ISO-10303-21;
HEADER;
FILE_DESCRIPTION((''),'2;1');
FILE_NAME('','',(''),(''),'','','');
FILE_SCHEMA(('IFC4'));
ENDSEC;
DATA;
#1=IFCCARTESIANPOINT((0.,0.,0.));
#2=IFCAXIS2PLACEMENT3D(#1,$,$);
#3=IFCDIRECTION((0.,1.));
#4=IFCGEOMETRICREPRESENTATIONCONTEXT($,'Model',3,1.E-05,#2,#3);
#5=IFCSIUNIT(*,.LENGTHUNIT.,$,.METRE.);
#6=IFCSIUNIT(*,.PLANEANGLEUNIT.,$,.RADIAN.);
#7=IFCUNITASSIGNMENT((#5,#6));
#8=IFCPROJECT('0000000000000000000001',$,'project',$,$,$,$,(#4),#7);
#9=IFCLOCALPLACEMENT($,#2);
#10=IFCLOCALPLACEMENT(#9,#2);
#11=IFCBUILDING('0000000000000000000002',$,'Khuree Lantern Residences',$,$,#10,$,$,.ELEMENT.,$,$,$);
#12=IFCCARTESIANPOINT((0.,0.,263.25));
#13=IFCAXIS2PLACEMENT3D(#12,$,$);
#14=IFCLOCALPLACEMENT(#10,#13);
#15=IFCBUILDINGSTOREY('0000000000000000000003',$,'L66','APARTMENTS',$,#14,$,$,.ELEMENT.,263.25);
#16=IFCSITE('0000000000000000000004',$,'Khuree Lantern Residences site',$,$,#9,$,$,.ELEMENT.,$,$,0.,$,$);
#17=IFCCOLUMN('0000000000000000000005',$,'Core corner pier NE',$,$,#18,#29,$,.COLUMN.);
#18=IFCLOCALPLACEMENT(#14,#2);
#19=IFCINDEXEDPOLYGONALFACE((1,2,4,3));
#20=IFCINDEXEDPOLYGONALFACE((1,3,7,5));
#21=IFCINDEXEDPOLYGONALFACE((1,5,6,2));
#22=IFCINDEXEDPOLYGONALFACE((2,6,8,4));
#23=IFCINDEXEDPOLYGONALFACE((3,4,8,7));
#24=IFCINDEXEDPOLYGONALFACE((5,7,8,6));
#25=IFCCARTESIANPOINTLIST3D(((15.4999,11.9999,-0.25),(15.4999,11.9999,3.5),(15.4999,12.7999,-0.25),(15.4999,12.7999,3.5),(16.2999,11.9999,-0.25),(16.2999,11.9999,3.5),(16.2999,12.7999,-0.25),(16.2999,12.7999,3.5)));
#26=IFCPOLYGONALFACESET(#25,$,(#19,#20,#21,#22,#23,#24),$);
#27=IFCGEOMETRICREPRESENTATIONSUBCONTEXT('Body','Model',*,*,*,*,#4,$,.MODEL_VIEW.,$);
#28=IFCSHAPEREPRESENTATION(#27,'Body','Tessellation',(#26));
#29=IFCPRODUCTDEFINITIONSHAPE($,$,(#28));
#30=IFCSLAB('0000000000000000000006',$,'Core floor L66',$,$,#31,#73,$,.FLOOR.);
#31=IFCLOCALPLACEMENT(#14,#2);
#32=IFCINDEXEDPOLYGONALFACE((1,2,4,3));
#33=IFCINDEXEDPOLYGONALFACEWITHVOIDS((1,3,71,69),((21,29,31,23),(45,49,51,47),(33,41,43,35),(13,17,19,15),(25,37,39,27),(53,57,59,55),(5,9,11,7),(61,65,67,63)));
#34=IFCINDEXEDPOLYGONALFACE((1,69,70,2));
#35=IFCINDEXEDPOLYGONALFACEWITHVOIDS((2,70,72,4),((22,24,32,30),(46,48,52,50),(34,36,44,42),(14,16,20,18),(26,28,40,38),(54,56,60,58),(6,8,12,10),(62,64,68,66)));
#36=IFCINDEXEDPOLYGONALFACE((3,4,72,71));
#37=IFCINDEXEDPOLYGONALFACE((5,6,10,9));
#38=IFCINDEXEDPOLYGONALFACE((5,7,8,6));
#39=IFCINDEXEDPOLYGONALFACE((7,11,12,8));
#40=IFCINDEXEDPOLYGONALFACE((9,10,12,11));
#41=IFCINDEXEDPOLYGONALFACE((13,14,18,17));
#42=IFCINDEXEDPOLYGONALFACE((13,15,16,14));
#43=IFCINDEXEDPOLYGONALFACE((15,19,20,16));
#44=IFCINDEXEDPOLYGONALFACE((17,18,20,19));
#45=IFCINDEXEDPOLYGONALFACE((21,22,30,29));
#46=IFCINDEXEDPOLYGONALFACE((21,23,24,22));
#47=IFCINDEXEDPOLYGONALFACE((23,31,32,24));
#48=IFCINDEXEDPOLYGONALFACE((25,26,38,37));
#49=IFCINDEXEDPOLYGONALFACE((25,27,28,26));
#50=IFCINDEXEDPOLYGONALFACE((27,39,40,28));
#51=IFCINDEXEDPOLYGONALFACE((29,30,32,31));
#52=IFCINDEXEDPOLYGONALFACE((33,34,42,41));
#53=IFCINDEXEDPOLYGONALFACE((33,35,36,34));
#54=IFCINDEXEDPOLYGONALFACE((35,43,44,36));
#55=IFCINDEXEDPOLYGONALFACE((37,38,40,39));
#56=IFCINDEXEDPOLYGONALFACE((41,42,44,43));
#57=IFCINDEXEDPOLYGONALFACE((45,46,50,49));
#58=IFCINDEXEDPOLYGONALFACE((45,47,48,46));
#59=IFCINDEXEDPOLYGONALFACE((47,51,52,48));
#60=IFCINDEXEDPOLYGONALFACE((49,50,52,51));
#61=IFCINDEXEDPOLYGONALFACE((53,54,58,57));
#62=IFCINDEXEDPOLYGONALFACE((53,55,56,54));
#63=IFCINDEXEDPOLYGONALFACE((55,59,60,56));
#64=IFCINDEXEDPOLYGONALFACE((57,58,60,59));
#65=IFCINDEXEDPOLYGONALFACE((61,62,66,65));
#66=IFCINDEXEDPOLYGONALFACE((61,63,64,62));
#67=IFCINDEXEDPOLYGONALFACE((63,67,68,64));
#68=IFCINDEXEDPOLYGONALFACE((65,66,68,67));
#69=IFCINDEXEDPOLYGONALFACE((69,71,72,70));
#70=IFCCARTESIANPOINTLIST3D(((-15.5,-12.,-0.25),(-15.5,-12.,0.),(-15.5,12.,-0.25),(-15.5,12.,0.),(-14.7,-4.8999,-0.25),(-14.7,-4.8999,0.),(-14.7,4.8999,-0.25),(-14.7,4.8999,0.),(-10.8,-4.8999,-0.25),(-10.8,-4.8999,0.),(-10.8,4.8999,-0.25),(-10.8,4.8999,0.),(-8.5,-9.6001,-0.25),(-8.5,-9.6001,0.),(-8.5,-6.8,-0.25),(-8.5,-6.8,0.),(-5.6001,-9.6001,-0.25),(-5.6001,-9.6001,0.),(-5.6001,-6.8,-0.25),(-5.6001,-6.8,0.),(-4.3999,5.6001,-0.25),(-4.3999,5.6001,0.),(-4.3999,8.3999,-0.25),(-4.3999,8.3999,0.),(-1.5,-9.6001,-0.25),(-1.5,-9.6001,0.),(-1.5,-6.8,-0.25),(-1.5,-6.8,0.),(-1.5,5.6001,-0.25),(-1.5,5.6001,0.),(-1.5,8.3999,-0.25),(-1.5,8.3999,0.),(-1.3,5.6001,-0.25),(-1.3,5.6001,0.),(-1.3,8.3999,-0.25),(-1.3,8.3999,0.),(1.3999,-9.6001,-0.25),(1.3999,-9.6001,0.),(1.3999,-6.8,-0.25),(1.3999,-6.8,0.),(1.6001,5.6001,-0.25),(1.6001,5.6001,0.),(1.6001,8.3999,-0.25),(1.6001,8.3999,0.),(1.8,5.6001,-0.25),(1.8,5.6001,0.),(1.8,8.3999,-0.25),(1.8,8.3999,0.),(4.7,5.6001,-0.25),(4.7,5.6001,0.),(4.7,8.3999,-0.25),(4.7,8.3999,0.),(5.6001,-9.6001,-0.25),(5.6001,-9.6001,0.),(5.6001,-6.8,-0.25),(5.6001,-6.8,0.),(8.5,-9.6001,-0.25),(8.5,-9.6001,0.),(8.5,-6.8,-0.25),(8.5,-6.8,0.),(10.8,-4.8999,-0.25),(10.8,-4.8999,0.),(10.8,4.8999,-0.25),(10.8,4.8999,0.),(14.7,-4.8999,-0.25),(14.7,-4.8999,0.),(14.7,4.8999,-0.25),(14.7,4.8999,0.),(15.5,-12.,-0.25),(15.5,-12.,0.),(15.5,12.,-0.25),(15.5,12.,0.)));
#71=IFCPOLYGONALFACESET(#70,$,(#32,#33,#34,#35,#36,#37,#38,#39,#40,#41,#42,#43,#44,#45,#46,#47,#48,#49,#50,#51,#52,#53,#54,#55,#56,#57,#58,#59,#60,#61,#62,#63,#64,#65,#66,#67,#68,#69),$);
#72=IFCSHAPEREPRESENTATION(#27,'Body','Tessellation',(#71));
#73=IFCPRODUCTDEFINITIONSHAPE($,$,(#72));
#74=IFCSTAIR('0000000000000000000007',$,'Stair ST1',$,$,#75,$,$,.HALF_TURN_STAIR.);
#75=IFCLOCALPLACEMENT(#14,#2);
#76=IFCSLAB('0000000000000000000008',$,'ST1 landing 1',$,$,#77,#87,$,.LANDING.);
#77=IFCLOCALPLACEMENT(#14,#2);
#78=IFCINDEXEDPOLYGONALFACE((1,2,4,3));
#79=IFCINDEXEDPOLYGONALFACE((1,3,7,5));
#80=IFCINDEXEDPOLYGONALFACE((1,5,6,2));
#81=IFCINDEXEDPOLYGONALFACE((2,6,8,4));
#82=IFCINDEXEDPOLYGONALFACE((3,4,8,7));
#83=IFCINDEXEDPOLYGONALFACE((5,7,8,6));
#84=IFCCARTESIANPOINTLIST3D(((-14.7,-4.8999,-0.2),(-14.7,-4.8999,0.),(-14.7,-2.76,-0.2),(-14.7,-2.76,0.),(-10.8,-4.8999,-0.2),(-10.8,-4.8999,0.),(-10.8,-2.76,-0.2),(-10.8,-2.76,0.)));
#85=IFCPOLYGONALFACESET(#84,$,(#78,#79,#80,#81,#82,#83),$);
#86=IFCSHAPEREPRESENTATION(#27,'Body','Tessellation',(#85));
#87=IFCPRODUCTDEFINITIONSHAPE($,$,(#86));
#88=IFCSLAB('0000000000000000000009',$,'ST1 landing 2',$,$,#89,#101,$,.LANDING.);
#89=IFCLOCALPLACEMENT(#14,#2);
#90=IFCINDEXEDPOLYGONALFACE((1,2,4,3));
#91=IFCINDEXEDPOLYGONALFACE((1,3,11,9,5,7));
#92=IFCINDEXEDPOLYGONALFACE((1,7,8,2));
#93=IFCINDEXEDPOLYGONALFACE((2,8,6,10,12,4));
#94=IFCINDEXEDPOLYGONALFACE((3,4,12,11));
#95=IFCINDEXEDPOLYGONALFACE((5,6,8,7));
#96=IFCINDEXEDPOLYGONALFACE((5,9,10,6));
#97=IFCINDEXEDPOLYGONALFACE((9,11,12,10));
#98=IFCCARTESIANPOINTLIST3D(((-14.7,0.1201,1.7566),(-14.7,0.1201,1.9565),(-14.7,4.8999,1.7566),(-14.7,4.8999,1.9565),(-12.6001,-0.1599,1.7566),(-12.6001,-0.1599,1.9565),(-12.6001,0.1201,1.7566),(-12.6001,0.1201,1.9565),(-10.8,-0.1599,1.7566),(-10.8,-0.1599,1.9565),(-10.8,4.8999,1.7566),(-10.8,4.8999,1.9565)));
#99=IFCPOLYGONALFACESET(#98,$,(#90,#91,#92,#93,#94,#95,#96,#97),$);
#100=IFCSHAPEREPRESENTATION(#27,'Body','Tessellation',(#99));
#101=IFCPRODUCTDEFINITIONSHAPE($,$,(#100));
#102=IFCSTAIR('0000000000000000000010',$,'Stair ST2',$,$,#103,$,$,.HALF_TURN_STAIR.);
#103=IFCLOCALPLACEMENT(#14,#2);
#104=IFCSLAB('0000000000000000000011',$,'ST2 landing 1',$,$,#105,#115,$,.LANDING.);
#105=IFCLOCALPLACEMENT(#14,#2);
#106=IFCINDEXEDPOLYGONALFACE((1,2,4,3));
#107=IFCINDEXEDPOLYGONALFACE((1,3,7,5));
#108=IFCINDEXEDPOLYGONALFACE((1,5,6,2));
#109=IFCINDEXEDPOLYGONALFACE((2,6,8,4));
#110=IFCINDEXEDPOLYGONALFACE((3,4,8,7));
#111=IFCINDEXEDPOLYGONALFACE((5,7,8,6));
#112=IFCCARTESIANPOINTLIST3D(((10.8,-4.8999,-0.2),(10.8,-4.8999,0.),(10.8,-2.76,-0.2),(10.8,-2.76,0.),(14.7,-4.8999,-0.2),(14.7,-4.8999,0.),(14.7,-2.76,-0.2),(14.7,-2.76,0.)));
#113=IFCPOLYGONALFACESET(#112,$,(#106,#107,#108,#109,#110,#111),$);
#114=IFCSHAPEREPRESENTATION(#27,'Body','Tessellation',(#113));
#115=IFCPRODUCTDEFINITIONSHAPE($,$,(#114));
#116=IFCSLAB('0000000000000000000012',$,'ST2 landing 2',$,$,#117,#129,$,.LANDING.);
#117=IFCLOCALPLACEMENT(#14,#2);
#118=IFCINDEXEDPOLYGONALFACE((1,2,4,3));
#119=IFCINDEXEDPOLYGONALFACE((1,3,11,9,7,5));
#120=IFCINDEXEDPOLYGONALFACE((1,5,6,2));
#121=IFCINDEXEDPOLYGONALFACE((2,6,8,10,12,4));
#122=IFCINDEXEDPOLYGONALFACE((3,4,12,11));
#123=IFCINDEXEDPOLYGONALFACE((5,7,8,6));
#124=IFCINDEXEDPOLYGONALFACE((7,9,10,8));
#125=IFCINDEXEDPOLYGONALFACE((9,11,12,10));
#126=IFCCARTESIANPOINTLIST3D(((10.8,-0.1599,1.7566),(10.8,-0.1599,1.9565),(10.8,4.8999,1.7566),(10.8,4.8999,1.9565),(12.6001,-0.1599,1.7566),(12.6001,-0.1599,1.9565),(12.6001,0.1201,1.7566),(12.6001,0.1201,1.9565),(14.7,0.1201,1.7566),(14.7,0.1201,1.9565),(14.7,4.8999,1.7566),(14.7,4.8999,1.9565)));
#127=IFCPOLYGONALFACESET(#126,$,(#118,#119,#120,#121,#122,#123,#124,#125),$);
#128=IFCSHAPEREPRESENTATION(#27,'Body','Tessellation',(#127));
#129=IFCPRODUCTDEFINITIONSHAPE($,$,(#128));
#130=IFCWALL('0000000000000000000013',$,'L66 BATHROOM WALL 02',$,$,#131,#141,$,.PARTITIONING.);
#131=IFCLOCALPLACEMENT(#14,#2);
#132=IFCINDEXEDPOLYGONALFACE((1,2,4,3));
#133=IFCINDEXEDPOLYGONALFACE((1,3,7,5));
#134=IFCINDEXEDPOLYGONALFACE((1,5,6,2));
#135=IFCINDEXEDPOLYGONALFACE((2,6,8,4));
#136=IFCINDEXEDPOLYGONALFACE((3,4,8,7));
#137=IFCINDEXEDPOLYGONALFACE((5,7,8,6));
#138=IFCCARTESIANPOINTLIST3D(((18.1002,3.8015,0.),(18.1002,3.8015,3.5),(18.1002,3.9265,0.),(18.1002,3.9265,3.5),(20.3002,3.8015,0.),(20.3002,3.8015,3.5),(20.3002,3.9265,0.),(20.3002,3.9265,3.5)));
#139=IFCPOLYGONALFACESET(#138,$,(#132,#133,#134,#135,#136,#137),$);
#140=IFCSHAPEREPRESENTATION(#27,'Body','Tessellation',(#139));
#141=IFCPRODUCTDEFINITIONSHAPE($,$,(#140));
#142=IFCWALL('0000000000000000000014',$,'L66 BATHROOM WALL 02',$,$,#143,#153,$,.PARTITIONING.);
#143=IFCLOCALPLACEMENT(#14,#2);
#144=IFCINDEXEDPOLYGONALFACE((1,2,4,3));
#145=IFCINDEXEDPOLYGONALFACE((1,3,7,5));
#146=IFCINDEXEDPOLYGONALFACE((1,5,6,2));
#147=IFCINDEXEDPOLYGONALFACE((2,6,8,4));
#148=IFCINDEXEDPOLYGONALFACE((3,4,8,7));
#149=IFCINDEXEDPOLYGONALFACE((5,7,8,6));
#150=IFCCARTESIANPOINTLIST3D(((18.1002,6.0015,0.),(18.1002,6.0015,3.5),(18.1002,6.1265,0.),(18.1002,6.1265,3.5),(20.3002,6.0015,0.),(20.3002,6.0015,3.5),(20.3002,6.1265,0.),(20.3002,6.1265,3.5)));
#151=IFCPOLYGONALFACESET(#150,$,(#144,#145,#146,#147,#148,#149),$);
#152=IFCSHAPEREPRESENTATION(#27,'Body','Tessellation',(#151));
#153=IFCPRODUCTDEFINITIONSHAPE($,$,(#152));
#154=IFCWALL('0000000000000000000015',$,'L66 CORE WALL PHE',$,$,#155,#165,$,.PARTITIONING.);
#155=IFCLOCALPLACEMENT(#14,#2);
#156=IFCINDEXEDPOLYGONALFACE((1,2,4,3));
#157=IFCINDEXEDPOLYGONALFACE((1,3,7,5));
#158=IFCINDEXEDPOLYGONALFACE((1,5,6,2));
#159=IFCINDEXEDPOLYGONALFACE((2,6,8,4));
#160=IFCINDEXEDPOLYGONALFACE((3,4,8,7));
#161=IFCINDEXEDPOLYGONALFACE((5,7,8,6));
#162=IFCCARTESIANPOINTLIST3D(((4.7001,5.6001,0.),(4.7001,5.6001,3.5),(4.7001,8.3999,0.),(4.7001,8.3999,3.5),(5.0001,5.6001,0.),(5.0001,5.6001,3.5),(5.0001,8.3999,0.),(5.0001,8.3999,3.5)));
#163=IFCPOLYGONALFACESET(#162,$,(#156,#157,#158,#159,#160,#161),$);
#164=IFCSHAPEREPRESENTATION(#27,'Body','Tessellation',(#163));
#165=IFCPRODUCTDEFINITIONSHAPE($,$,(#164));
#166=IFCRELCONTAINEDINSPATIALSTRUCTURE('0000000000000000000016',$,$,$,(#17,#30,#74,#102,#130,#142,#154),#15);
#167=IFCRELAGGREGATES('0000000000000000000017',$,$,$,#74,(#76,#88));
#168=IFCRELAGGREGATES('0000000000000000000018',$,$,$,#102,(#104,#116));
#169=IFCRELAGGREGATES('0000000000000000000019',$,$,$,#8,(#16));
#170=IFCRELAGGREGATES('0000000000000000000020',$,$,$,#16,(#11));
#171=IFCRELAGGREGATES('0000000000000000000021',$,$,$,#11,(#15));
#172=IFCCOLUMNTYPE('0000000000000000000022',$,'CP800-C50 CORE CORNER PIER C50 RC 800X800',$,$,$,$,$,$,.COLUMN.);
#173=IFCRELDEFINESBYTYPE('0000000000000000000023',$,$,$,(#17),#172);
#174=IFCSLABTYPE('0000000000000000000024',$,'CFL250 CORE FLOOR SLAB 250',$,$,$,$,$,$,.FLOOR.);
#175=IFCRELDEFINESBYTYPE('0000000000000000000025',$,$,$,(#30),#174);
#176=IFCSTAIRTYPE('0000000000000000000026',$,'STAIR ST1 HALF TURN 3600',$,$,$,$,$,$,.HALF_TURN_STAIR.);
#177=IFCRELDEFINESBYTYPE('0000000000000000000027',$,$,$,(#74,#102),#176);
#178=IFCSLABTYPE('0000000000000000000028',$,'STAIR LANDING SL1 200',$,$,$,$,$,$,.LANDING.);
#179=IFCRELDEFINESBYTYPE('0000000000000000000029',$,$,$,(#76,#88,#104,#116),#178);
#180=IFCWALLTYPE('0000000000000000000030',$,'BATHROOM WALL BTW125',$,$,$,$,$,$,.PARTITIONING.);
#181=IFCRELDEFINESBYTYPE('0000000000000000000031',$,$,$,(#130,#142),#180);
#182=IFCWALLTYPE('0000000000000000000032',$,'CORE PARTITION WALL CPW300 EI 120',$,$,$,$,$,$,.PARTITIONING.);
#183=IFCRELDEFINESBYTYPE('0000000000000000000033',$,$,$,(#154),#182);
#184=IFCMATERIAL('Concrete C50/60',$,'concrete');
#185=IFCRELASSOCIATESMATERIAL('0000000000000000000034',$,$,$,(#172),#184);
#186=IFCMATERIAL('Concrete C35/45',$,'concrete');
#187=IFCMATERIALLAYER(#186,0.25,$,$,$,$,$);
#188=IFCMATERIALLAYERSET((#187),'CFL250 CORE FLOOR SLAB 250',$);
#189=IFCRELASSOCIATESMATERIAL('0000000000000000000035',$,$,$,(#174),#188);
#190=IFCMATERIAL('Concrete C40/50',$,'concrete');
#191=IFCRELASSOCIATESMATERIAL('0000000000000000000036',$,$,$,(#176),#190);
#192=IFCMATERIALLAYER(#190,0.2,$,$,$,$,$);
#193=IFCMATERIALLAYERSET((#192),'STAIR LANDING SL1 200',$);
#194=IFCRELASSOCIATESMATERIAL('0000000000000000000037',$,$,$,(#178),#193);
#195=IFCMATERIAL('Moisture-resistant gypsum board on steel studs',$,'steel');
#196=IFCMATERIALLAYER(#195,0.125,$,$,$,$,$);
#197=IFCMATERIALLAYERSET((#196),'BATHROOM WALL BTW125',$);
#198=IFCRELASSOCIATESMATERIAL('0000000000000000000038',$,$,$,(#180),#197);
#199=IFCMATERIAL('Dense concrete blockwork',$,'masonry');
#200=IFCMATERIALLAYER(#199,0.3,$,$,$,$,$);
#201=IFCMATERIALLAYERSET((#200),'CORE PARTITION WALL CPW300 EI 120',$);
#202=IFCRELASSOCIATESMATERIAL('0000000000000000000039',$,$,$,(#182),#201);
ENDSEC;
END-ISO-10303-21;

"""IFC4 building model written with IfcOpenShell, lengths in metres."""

from ifc_helpers import new_model, si_unit, direction, frame, frame_2d, origin, origin_2d, place, context, subcontext, project, spatial, polyline, rectangle, outline, extrude, material, layer, layer_set, material_profile, profile_set, type_object, element, aggregate, save


model = new_model("IFC4")

# Units and contexts
model_context = context("Model", 3, precision=1e-05, world=origin(), true_north=direction((0.0, 1.0)))
body_context = subcontext(model_context, "Body", "Model", "MODEL_VIEW")
ifc_project = project(units=[si_unit("LENGTHUNIT", "METRE"), si_unit("PLANEANGLEUNIT", "RADIAN")], contexts=[model_context])

# Site, building, storey
site_placement = place(None, origin())
site = spatial("IfcSite", under=ifc_project, at=site_placement, Name="Khuree Lantern Residences site", CompositionType="ELEMENT", RefElevation=0.0)
building_placement = place(site_placement, origin())
building = spatial("IfcBuilding", under=site, at=building_placement, Name="Khuree Lantern Residences", CompositionType="ELEMENT")
storey_placement = place(building_placement, frame((0.0, 0.0, 263.25)))
storey = spatial("IfcBuildingStorey", under=building, at=storey_placement, Name="L66", Description="APARTMENTS", CompositionType="ELEMENT", Elevation=263.25)

# Column
ifc_material_1 = material(Name="Concrete C50/60", Category="concrete")
ifc_material_profile = material_profile(ifc_material_1, rectangle(XDim=0.8, YDim=0.8, at=origin_2d()), Name="RC 800X800")
ifc_profile_set = profile_set([ifc_material_profile], Name="Concrete C50/60")
column_type = type_object("IfcColumnType", Name="CP800-C50 CORE CORNER PIER C50 RC 800X800", PredefinedType="COLUMN", material=ifc_profile_set)
column_placement = place(storey_placement, frame((15.8999, 12.3999, -0.25), z_axis=(0.0, 0.0, 1.0), x_axis=(1.0, 0.0, 0.0)))
element("IfcColumn", 1, at=column_placement, inside=storey, type_object=column_type, Name="Core corner pier NE", PredefinedType="COLUMN", context=body_context, shape_type="SweptSolid", body=[
    extrude(rectangle(XDim=0.8, YDim=0.8, at=origin_2d()), origin(), (0.0, 0.0, 1.0), 3.75),
])

# Slab
ifc_material_2 = material(Name="Concrete C35/45", Category="concrete")
ifc_layer_1 = layer(ifc_material_2, 0.25)
ifc_layer_set_1 = layer_set([ifc_layer_1], Name="CFL250 CORE FLOOR SLAB 250")
slab_type_1 = type_object("IfcSlabType", Name="CFL250 CORE FLOOR SLAB 250", PredefinedType="FLOOR", material=ifc_layer_set_1)
slab_1_placement = place(storey_placement, frame((0.0, 0.0, -0.25)))
element("IfcSlab", 2, at=slab_1_placement, inside=storey, type_object=slab_type_1, Name="Core floor L66", PredefinedType="FLOOR", context=body_context, shape_type="SweptSolid", body=[
    extrude(outline(polyline([(-15.5, -12.0), (-15.5, 12.0), (15.5, 12.0), (15.5, -12.0), (-15.5, -12.0)]), holes=[polyline([(10.8, 4.8999), (10.8, -4.8999), (14.7, -4.8999), (14.7, 4.8999), (10.8, 4.8999)]), polyline([(5.6001, -6.8), (5.6001, -9.6001), (8.5, -9.6001), (8.5, -6.8), (5.6001, -6.8)]), polyline([(1.8, 8.3999), (1.8, 5.6001), (4.7, 5.6001), (4.7, 8.3999), (1.8, 8.3999)]), polyline([(-1.3, 8.3999), (-1.3, 5.6001), (1.6001, 5.6001), (1.6001, 8.3999), (-1.3, 8.3999)]), polyline([(-1.5, -6.8), (-1.5, -9.6001), (1.3999, -9.6001), (1.3999, -6.8), (-1.5, -6.8)]), polyline([(-4.3999, 8.3999), (-4.3999, 5.6001), (-1.5, 5.6001), (-1.5, 8.3999), (-4.3999, 8.3999)]), polyline([(-8.5, -6.8), (-8.5, -9.6001), (-5.6001, -9.6001), (-5.6001, -6.8), (-8.5, -6.8)]), polyline([(-14.7, 4.8999), (-14.7, -4.8999), (-10.8, -4.8999), (-10.8, 4.8999), (-14.7, 4.8999)])]), origin(), (0.0, 0.0, 1.0), 0.25),
])

# Stairs, slabs
ifc_material_3 = material(Name="Concrete C40/50", Category="concrete")
stair_type = type_object("IfcStairType", Name="STAIR ST1 HALF TURN 3600", PredefinedType="HALF_TURN_STAIR", material=ifc_material_3)
stair_1_placement = place(storey_placement, origin())
stair_1 = element("IfcStair", 3, at=stair_1_placement, inside=storey, type_object=stair_type, Name="Stair ST1", PredefinedType="HALF_TURN_STAIR")
ifc_layer_2 = layer(ifc_material_3, 0.2)
ifc_layer_set_2 = layer_set([ifc_layer_2], Name="STAIR LANDING SL1 200")
slab_type_2 = type_object("IfcSlabType", Name="STAIR LANDING SL1 200", PredefinedType="LANDING", material=ifc_layer_set_2)
slab_2_placement = place(storey_placement, frame((0.0, 0.0, -0.2)))
slab_2 = element("IfcSlab", 4, at=slab_2_placement, type_object=slab_type_2, Name="ST1 landing 1", PredefinedType="LANDING", context=body_context, shape_type="SweptSolid", body=[
    extrude(outline(polyline([(-14.7, -4.8999), (-10.8, -4.8999), (-10.8, -2.76), (-14.7, -2.76), (-14.7, -4.8999)])), origin(), (0.0, 0.0, 1.0), 0.2),
])
slab_3_placement = place(storey_placement, frame((0.0, 0.0, 1.7566)))
slab_3 = element("IfcSlab", 5, at=slab_3_placement, type_object=slab_type_2, Name="ST1 landing 2", PredefinedType="LANDING", context=body_context, shape_type="SweptSolid", body=[
    extrude(outline(polyline([(-14.7, 0.1201), (-14.7, 4.8999), (-10.8, 4.8999), (-10.8, -0.1599), (-12.6001, -0.1599), (-12.6001, 0.1201), (-14.7, 0.1201)])), origin(), (0.0, 0.0, 1.0), 0.2),
])
aggregate(stair_1, [slab_2, slab_3])
stair_2_placement = place(storey_placement, origin())
stair_2 = element("IfcStair", 6, at=stair_2_placement, inside=storey, type_object=stair_type, Name="Stair ST2", PredefinedType="HALF_TURN_STAIR")
slab_4_placement = place(storey_placement, frame((0.0, 0.0, -0.2)))
slab_4 = element("IfcSlab", 7, at=slab_4_placement, type_object=slab_type_2, Name="ST2 landing 1", PredefinedType="LANDING", context=body_context, shape_type="SweptSolid", body=[
    extrude(outline(polyline([(10.8, -4.8999), (14.7, -4.8999), (14.7, -2.76), (10.8, -2.76), (10.8, -4.8999)])), origin(), (0.0, 0.0, 1.0), 0.2),
])
slab_5_placement = place(storey_placement, frame((0.0, 0.0, 1.7566)))
slab_5 = element("IfcSlab", 8, at=slab_5_placement, type_object=slab_type_2, Name="ST2 landing 2", PredefinedType="LANDING", context=body_context, shape_type="SweptSolid", body=[
    extrude(outline(polyline([(14.7, 4.8999), (14.7, 0.1201), (12.6001, 0.1201), (12.6001, -0.1599), (10.8, -0.1599), (10.8, 4.8999), (14.7, 4.8999)])), origin(), (0.0, 0.0, 1.0), 0.2),
])
aggregate(stair_2, [slab_4, slab_5])

# Walls
ifc_material_4 = material(Name="Moisture-resistant gypsum board on steel studs", Category="steel")
ifc_layer_3 = layer(ifc_material_4, 0.125)
ifc_layer_set_3 = layer_set([ifc_layer_3], Name="BATHROOM WALL BTW125")
wall_type_1 = type_object("IfcWallType", Name="BATHROOM WALL BTW125", PredefinedType="PARTITIONING", material=ifc_layer_set_3)
for number, where, z_axis, x_axis, name in (
    (9, (18.1001, 3.864, 0.0), (0.0, 0.0, 1.0), (1.0, 0.0, 0.0), "L66 BATHROOM WALL 02"),
    (10, (18.1001, 6.064, 0.0), (0.0, 0.0, 1.0), (1.0, 0.0, 0.0), "L66 BATHROOM WALL 02"),
):
    element("IfcWall", number, at=place(storey_placement, frame(where, z_axis=z_axis, x_axis=x_axis)), inside=storey, type_object=wall_type_1, Name=name, PredefinedType="PARTITIONING", context=body_context, shape_type="SweptSolid", body=[
        extrude(rectangle(XDim=2.2, YDim=0.125, at=frame_2d((1.1001, 0.0))), origin(), (0.0, 0.0, 1.0), 3.5),
    ])
ifc_material_5 = material(Name="Dense concrete blockwork", Category="masonry")
ifc_layer_4 = layer(ifc_material_5, 0.3)
ifc_layer_set_4 = layer_set([ifc_layer_4], Name="CORE PARTITION WALL CPW300 EI 120")
wall_type_2 = type_object("IfcWallType", Name="CORE PARTITION WALL CPW300 EI 120", PredefinedType="PARTITIONING", material=ifc_layer_set_4)
wall_1_placement = place(storey_placement, frame((4.8501, 5.6001, 0.0), z_axis=(0.0, 0.0, 1.0), x_axis=(0.0, 1.0, 0.0)))
element("IfcWall", 11, at=wall_1_placement, inside=storey, type_object=wall_type_2, Name="L66 CORE WALL PHE", PredefinedType="PARTITIONING", context=body_context, shape_type="SweptSolid", body=[
    extrude(rectangle(XDim=2.7998, YDim=0.3, at=frame_2d((1.3999, 0.0))), origin(), (0.0, 0.0, 1.0), 3.5),
])

save(model, "model.ifc")
